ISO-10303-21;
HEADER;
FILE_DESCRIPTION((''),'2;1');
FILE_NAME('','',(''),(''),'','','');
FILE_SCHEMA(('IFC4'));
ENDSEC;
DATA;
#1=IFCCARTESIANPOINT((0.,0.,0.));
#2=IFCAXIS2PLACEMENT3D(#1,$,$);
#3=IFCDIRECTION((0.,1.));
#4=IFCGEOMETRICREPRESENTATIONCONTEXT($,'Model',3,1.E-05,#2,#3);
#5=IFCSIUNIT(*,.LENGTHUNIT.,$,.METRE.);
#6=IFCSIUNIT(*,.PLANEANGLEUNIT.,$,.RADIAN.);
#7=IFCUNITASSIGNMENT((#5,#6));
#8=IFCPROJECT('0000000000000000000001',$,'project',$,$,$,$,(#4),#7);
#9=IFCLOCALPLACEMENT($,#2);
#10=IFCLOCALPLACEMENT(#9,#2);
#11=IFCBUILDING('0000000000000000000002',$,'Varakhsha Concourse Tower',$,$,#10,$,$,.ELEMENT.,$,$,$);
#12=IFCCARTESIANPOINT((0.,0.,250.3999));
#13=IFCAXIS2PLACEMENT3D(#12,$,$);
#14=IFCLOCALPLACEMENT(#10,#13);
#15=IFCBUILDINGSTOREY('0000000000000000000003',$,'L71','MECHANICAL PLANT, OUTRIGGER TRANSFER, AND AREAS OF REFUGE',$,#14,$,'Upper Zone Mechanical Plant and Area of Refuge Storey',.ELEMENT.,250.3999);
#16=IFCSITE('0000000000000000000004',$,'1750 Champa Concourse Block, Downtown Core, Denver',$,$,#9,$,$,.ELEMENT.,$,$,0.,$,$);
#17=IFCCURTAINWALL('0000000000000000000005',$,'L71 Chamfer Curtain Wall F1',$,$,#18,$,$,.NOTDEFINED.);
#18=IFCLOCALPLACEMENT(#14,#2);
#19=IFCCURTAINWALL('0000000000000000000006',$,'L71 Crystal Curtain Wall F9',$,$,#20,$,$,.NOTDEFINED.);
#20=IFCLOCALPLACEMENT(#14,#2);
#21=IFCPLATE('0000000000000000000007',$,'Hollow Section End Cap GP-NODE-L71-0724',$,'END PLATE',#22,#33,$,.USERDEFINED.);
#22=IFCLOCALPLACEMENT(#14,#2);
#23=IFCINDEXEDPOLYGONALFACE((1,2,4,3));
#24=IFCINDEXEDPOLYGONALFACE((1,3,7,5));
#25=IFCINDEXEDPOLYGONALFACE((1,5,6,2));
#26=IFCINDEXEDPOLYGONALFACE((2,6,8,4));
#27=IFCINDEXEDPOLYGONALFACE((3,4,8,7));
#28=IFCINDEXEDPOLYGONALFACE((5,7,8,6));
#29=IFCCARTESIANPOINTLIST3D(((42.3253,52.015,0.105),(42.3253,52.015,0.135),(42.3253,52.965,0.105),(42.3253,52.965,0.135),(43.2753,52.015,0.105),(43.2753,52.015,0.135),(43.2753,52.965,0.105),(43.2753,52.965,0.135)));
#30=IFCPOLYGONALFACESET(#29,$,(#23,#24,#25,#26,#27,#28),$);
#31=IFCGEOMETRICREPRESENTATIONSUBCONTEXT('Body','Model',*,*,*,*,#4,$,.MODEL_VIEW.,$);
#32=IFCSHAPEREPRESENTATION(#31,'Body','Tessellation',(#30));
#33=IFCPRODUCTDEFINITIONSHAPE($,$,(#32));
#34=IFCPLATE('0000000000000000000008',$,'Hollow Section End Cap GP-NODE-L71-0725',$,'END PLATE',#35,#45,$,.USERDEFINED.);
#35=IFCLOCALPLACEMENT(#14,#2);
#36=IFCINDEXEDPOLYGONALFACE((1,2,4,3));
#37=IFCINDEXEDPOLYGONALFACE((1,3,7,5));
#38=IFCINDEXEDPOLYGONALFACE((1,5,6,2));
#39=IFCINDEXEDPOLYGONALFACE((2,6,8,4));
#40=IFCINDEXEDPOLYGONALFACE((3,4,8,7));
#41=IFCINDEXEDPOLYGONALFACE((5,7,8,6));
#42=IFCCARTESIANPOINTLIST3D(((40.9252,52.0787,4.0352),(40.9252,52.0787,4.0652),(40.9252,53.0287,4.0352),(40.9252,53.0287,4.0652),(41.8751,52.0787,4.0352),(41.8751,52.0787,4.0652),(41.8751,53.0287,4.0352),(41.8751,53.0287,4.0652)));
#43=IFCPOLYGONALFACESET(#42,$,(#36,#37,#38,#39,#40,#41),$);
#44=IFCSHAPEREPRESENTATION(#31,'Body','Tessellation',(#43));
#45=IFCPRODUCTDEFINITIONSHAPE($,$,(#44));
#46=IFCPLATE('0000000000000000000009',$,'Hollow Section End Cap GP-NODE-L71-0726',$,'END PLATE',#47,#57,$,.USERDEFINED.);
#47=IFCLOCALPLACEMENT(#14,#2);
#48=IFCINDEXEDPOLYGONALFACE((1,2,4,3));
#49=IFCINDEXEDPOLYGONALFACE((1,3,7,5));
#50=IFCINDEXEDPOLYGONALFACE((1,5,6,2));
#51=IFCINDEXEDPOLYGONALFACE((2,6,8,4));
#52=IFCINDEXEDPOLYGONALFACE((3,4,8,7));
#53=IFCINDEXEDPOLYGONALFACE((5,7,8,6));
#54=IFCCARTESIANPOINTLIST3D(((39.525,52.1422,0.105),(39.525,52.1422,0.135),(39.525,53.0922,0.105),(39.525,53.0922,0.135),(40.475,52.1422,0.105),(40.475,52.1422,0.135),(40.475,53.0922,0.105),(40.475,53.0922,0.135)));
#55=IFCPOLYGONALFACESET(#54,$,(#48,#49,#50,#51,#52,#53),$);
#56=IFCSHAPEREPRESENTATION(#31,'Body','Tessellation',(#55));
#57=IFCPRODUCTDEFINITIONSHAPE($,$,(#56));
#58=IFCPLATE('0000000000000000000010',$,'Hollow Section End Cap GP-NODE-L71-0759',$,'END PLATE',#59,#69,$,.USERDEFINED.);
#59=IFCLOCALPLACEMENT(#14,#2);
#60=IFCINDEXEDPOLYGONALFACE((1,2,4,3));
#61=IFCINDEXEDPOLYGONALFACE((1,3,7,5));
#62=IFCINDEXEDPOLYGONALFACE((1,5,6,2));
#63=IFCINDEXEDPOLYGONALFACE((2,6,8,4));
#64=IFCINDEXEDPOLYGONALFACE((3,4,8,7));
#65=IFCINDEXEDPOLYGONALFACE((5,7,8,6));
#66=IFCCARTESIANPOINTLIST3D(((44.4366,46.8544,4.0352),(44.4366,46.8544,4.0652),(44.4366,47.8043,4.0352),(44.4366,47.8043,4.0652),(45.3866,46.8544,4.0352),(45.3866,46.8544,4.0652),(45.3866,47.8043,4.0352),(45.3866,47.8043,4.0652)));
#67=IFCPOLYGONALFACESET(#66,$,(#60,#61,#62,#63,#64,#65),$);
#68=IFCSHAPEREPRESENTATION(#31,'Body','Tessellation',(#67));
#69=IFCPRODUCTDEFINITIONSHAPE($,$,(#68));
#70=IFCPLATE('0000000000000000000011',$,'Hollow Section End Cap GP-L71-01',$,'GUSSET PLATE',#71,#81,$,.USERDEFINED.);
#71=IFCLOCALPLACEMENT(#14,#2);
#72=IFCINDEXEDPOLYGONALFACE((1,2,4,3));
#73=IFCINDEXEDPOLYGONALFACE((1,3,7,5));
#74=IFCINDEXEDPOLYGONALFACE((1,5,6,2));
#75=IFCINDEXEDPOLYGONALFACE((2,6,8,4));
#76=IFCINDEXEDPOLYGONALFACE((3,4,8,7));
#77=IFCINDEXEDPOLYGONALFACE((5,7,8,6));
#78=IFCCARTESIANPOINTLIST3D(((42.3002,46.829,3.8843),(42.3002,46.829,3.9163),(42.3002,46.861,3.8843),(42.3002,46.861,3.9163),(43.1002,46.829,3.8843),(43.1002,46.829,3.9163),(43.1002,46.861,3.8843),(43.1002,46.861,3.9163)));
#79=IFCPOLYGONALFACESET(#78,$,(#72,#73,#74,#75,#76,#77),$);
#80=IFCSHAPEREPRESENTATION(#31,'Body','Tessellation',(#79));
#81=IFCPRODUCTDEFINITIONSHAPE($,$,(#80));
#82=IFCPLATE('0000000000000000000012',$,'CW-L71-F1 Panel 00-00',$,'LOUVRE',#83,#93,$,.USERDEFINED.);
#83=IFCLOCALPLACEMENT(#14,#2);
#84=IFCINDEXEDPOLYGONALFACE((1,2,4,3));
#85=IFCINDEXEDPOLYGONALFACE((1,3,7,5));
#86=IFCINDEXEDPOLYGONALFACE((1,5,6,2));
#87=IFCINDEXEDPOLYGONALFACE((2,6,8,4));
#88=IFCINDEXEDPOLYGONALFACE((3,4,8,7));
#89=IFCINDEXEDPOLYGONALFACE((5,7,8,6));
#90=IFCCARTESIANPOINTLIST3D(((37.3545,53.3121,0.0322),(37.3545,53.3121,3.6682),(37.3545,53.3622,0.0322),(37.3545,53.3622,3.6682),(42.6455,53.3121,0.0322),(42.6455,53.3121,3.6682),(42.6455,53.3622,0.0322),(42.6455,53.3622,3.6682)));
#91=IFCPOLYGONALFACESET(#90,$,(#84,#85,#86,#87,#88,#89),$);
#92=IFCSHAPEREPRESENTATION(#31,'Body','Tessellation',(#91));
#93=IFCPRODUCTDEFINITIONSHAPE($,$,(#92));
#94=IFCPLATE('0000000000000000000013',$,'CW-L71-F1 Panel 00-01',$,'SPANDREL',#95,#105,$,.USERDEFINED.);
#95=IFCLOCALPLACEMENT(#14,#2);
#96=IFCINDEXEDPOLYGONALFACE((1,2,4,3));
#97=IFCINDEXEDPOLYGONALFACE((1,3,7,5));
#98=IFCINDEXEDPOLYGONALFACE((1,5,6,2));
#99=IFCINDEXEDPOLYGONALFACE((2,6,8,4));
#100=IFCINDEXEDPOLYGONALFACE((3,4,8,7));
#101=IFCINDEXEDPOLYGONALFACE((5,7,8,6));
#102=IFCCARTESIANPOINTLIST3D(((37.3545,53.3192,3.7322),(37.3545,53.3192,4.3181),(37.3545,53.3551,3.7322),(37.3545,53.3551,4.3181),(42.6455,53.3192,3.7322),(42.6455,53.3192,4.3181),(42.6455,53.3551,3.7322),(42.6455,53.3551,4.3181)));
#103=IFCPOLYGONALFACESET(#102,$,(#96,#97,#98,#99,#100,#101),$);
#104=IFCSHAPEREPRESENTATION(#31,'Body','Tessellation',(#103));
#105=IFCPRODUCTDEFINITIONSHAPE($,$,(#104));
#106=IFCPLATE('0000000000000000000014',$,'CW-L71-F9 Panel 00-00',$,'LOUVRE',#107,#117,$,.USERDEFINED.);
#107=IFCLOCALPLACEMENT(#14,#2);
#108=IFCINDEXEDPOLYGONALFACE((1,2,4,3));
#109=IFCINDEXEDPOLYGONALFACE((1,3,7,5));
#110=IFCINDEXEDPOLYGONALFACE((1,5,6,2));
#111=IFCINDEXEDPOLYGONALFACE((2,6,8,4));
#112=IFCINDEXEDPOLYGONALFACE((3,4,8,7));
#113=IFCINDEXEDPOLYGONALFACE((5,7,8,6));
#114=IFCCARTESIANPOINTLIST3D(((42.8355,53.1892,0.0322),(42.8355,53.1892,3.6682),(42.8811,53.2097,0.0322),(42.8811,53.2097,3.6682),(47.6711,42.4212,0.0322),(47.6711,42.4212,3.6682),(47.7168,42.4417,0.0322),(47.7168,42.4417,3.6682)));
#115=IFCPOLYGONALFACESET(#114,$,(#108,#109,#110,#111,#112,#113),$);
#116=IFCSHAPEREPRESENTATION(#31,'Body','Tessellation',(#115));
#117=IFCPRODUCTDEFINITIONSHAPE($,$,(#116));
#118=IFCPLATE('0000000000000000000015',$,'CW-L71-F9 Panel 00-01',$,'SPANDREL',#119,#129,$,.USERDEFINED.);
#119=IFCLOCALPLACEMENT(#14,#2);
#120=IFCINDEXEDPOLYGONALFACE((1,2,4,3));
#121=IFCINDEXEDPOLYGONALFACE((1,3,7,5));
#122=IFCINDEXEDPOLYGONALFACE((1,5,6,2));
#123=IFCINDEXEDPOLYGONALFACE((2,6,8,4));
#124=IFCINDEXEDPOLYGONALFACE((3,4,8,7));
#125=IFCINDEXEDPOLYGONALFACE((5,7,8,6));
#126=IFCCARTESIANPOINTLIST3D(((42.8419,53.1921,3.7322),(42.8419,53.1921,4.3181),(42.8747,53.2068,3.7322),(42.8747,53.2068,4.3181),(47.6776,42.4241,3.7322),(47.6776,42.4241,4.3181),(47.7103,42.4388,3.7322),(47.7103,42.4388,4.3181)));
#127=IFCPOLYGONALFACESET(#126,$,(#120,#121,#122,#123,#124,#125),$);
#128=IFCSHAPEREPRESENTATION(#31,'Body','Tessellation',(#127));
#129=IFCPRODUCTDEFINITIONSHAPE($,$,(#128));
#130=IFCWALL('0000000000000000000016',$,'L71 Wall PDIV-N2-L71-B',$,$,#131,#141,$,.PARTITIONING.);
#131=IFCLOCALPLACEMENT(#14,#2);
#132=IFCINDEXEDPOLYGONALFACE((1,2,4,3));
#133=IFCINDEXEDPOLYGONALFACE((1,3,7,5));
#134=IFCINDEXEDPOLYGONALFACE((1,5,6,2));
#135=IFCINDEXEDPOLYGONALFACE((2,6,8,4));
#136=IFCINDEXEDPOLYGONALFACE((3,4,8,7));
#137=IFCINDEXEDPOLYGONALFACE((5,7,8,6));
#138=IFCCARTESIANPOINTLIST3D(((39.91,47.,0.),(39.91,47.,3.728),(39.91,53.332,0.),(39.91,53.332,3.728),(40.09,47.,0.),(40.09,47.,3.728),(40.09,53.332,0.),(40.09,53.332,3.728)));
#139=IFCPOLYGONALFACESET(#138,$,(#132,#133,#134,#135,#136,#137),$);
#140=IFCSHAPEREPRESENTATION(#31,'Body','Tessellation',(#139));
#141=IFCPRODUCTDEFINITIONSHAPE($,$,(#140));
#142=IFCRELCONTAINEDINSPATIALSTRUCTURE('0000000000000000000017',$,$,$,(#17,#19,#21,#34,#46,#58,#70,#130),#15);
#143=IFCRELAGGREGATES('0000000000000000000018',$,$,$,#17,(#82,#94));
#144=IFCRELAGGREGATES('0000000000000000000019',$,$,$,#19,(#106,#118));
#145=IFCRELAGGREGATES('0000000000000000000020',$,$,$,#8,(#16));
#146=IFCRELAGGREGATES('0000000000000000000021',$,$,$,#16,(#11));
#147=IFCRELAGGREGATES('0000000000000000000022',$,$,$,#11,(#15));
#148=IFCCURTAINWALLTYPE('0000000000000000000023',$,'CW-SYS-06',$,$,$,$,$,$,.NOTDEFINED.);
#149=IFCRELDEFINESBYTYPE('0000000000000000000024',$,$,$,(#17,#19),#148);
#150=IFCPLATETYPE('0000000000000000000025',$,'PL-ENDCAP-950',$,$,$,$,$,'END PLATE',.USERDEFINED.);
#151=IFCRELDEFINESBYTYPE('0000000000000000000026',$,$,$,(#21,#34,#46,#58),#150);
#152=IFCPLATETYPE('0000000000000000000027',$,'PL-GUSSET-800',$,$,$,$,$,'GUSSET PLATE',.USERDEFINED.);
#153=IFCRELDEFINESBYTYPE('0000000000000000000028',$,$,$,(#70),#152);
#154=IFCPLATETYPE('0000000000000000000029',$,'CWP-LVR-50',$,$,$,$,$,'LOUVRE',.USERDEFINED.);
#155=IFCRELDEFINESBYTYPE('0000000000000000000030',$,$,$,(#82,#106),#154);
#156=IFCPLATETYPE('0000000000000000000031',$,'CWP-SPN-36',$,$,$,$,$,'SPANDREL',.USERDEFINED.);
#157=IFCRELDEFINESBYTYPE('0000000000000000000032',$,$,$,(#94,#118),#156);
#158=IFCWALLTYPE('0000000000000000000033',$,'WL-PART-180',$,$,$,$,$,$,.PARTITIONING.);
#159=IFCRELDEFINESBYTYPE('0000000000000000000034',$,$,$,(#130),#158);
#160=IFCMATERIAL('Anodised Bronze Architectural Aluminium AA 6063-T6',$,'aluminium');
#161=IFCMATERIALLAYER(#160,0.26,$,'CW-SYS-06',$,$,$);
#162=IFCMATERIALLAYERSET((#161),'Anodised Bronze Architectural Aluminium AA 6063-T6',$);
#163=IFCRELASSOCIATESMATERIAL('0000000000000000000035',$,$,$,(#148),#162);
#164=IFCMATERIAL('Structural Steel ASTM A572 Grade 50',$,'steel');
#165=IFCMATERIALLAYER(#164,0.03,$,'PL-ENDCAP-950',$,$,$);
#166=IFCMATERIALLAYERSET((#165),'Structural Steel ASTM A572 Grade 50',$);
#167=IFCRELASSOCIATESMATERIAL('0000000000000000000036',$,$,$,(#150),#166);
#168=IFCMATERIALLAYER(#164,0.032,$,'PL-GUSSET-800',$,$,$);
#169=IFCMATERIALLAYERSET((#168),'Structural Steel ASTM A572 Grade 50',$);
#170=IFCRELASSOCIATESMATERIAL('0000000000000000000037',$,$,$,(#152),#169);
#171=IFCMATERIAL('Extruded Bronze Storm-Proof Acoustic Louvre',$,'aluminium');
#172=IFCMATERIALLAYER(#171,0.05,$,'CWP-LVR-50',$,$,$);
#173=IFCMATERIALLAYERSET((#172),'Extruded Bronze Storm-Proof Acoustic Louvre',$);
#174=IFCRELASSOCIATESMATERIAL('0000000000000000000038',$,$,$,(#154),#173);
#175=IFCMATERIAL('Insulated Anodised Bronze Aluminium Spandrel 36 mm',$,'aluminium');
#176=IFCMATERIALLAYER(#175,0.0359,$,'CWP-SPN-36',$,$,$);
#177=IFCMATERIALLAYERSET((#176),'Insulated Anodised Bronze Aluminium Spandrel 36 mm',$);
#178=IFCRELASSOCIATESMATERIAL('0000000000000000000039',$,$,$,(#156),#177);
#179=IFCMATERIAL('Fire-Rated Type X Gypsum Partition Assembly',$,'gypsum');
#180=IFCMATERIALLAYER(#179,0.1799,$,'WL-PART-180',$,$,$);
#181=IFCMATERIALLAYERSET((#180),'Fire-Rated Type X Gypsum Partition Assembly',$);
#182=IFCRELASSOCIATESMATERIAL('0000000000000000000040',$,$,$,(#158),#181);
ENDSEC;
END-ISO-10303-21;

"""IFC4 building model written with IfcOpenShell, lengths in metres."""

from ifc_helpers import new_model, si_unit, direction, frame, frame_2d, origin, origin_2d, place, context, subcontext, project, spatial, rectangle, extrude, source, transform, mapped, material, layer, layer_set, type_object, type_shapes, element, aggregate, save


model = new_model("IFC4")

# Units and contexts
model_context = context("Model", 3, precision=1e-05, world=origin(), true_north=direction((0.0, 1.0)))
body_context = subcontext(model_context, "Body", "Model", "MODEL_VIEW")
ifc_project = project(units=[si_unit("LENGTHUNIT", "METRE"), si_unit("PLANEANGLEUNIT", "RADIAN")], contexts=[model_context])

# Site, building, storey
site_placement = place(None, origin())
site = spatial("IfcSite", under=ifc_project, at=site_placement, Name="1750 Champa Concourse Block, Downtown Core, Denver", CompositionType="ELEMENT", RefElevation=0.0)
building_placement = place(site_placement, origin())
building = spatial("IfcBuilding", under=site, at=building_placement, Name="Varakhsha Concourse Tower", CompositionType="ELEMENT")
storey_placement = place(building_placement, frame((0.0, 0.0, 250.3999)))
storey = spatial("IfcBuildingStorey", under=building, at=storey_placement, Name="L71", Description="MECHANICAL PLANT, OUTRIGGER TRANSFER, AND AREAS OF REFUGE", LongName="Upper Zone Mechanical Plant and Area of Refuge Storey", CompositionType="ELEMENT", Elevation=250.3999)

# Shared definitions
ifc_material_1 = material(Name="Structural Steel ASTM A572 Grade 50", Category="steel")

# Curtain wall
ifc_material_2 = material(Name="Anodised Bronze Architectural Aluminium AA 6063-T6", Category="aluminium")
ifc_layer_1 = layer(ifc_material_2, 0.26, Name="CW-SYS-06")
ifc_layer_set_1 = layer_set([ifc_layer_1], Name="Anodised Bronze Architectural Aluminium AA 6063-T6")
curtain_wall_type = type_object("IfcCurtainWallType", Name="CW-SYS-06", PredefinedType="NOTDEFINED", material=ifc_layer_set_1)
curtain_wall_1_placement = place(storey_placement, origin())
curtain_wall_1 = element("IfcCurtainWall", 1, at=curtain_wall_1_placement, inside=storey, type_object=curtain_wall_type, Name="L71 Chamfer Curtain Wall F1", PredefinedType="NOTDEFINED")

# Curtain wall
curtain_wall_2_placement = place(storey_placement, origin())
curtain_wall_2 = element("IfcCurtainWall", 2, at=curtain_wall_2_placement, inside=storey, type_object=curtain_wall_type, Name="L71 Crystal Curtain Wall F9", PredefinedType="NOTDEFINED")

# Plates
ifc_layer_2 = layer(ifc_material_1, 0.03, Name="PL-ENDCAP-950")
ifc_layer_set_2 = layer_set([ifc_layer_2], Name="Structural Steel ASTM A572 Grade 50")
plate_type_1 = type_object("IfcPlateType", Name="PL-ENDCAP-950", ElementType="END PLATE", PredefinedType="USERDEFINED", material=ifc_layer_set_2)
shared_shape_1 = source(origin(), body_context, "Body", "SweptSolid", [
    extrude(rectangle(XDim=0.95, YDim=0.95, at=origin_2d()), origin(), (0.0, 0.0, 1.0), 0.03),
])
type_shapes(plate_type_1, [shared_shape_1])
for number, where, z_axis, x_axis, name in (
    (3, (42.8003, 52.49, 0.105), (0.0, 0.0, 1.0), (1.0, 0.0, 0.0), "Hollow Section End Cap GP-NODE-L71-0724"),
    (4, (41.4001, 52.5537, 4.0352), (0.0, 0.0, 1.0), (1.0, 0.0, 0.0), "Hollow Section End Cap GP-NODE-L71-0725"),
    (5, (40.0, 52.6172, 0.105), (0.0, 0.0, 1.0), (1.0, 0.0, 0.0), "Hollow Section End Cap GP-NODE-L71-0726"),
    (6, (44.9116, 47.3293, 4.0352), (0.0, 0.0, 1.0), (1.0, 0.0, 0.0), "Hollow Section End Cap GP-NODE-L71-0759"),
):
    element("IfcPlate", number, at=place(storey_placement, frame(where, z_axis=z_axis, x_axis=x_axis)), inside=storey, type_object=plate_type_1, Name=name, ObjectType="END PLATE", PredefinedType="USERDEFINED", context=body_context, shape_type="MappedRepresentation", body=[
        mapped(shared_shape_1, transform((0.0, 0.0, 0.0), scale=1.0)),
    ])
ifc_layer_3 = layer(ifc_material_1, 0.032, Name="PL-GUSSET-800")
ifc_layer_set_3 = layer_set([ifc_layer_3], Name="Structural Steel ASTM A572 Grade 50")
plate_type_2 = type_object("IfcPlateType", Name="PL-GUSSET-800", ElementType="GUSSET PLATE", PredefinedType="USERDEFINED", material=ifc_layer_set_3)
shared_shape_2 = source(origin(), body_context, "Body", "SweptSolid", [
    extrude(rectangle(XDim=0.8, YDim=0.032, at=origin_2d()), origin(), (0.0, 0.0, 1.0), 0.032),
])
type_shapes(plate_type_2, [shared_shape_2])
plate_1_placement = place(storey_placement, frame((42.7002, 46.845, 3.8843), z_axis=(0.0, 0.0, 1.0), x_axis=(1.0, 0.0, 0.0)))
element("IfcPlate", 7, at=plate_1_placement, inside=storey, type_object=plate_type_2, Name="Hollow Section End Cap GP-L71-01", ObjectType="GUSSET PLATE", PredefinedType="USERDEFINED", context=body_context, shape_type="MappedRepresentation", body=[
    mapped(shared_shape_2, transform((0.0, 0.0, 0.0), scale=1.0)),
])

# Plates
ifc_material_3 = material(Name="Extruded Bronze Storm-Proof Acoustic Louvre", Category="aluminium")
ifc_layer_4 = layer(ifc_material_3, 0.05, Name="CWP-LVR-50")
ifc_layer_set_4 = layer_set([ifc_layer_4], Name="Extruded Bronze Storm-Proof Acoustic Louvre")
plate_type_3 = type_object("IfcPlateType", Name="CWP-LVR-50", ElementType="LOUVRE", PredefinedType="USERDEFINED", material=ifc_layer_set_4)
shared_shape_3 = source(origin(), body_context, "Body", "SweptSolid", [
    extrude(rectangle(XDim=5.291, YDim=0.05, at=origin_2d()), origin(), (0.0, 0.0, 1.0), 3.636),
])
plate_2_placement = place(storey_placement, frame((40.0, 53.3372, 0.0322), z_axis=(0.0, 0.0, 1.0), x_axis=(1.0, 0.0, 0.0)))
plate_2 = element("IfcPlate", 8, at=plate_2_placement, type_object=plate_type_3, Name="CW-L71-F1 Panel 00-00", ObjectType="LOUVRE", PredefinedType="USERDEFINED", context=body_context, shape_type="MappedRepresentation", body=[
    mapped(shared_shape_3, transform((0.0, 0.0, 0.0), scale=1.0)),
])
ifc_material_4 = material(Name="Insulated Anodised Bronze Aluminium Spandrel 36 mm", Category="aluminium")
ifc_layer_5 = layer(ifc_material_4, 0.0359, Name="CWP-SPN-36")
ifc_layer_set_5 = layer_set([ifc_layer_5], Name="Insulated Anodised Bronze Aluminium Spandrel 36 mm")
plate_type_4 = type_object("IfcPlateType", Name="CWP-SPN-36", ElementType="SPANDREL", PredefinedType="USERDEFINED", material=ifc_layer_set_5)
shared_shape_4 = source(origin(), body_context, "Body", "SweptSolid", [
    extrude(rectangle(XDim=5.291, YDim=0.0359, at=origin_2d()), origin(), (0.0, 0.0, 1.0), 0.5859),
])
plate_3_placement = place(storey_placement, frame((40.0, 53.3372, 3.7322), z_axis=(0.0, 0.0, 1.0), x_axis=(1.0, 0.0, 0.0)))
plate_3 = element("IfcPlate", 9, at=plate_3_placement, type_object=plate_type_4, Name="CW-L71-F1 Panel 00-01", ObjectType="SPANDREL", PredefinedType="USERDEFINED", context=body_context, shape_type="MappedRepresentation", body=[
    mapped(shared_shape_4, transform((0.0, 0.0, 0.0), scale=1.0)),
])
aggregate(curtain_wall_1, [plate_2, plate_3])
shared_shape_5 = source(origin(), body_context, "Body", "SweptSolid", [
    extrude(rectangle(XDim=11.804, YDim=0.05, at=origin_2d()), origin(), (0.0, 0.0, 1.0), 3.636),
])
type_shapes(plate_type_3, [shared_shape_3, shared_shape_5])
plate_4_placement = place(storey_placement, frame((45.2761, 47.8154, 0.0322), z_axis=(0.0, 0.0, 1.0), x_axis=(0.409662, -0.912237, 0.0)))
plate_4 = element("IfcPlate", 10, at=plate_4_placement, type_object=plate_type_3, Name="CW-L71-F9 Panel 00-00", ObjectType="LOUVRE", PredefinedType="USERDEFINED", context=body_context, shape_type="MappedRepresentation", body=[
    mapped(shared_shape_5, transform((0.0, 0.0, 0.0), scale=1.0)),
])
shared_shape_6 = source(origin(), body_context, "Body", "SweptSolid", [
    extrude(rectangle(XDim=11.804, YDim=0.0359, at=origin_2d()), origin(), (0.0, 0.0, 1.0), 0.5859),
])
type_shapes(plate_type_4, [shared_shape_4, shared_shape_6])
plate_5_placement = place(storey_placement, frame((45.2761, 47.8154, 3.7322), z_axis=(0.0, 0.0, 1.0), x_axis=(0.409662, -0.912237, 0.0)))
plate_5 = element("IfcPlate", 11, at=plate_5_placement, type_object=plate_type_4, Name="CW-L71-F9 Panel 00-01", ObjectType="SPANDREL", PredefinedType="USERDEFINED", context=body_context, shape_type="MappedRepresentation", body=[
    mapped(shared_shape_6, transform((0.0, 0.0, 0.0), scale=1.0)),
])
aggregate(curtain_wall_2, [plate_4, plate_5])

# Wall
ifc_material_5 = material(Name="Fire-Rated Type X Gypsum Partition Assembly", Category="gypsum")
ifc_layer_6 = layer(ifc_material_5, 0.1799, Name="WL-PART-180")
ifc_layer_set_6 = layer_set([ifc_layer_6], Name="Fire-Rated Type X Gypsum Partition Assembly")
wall_type = type_object("IfcWallType", Name="WL-PART-180", PredefinedType="PARTITIONING", material=ifc_layer_set_6)
wall_placement = place(storey_placement, frame((40.0, 47.0, 0.0), z_axis=(0.0, 0.0, 1.0), x_axis=(0.0, 1.0, 0.0)))
element("IfcWall", 12, at=wall_placement, inside=storey, type_object=wall_type, Name="L71 Wall PDIV-N2-L71-B", PredefinedType="PARTITIONING", context=body_context, shape_type="SweptSolid", body=[
    extrude(rectangle(XDim=6.332, YDim=0.1799, at=frame_2d((3.166, 0.0))), origin(), (0.0, 0.0, 1.0), 3.728),
])

save(model, "model.ifc")
